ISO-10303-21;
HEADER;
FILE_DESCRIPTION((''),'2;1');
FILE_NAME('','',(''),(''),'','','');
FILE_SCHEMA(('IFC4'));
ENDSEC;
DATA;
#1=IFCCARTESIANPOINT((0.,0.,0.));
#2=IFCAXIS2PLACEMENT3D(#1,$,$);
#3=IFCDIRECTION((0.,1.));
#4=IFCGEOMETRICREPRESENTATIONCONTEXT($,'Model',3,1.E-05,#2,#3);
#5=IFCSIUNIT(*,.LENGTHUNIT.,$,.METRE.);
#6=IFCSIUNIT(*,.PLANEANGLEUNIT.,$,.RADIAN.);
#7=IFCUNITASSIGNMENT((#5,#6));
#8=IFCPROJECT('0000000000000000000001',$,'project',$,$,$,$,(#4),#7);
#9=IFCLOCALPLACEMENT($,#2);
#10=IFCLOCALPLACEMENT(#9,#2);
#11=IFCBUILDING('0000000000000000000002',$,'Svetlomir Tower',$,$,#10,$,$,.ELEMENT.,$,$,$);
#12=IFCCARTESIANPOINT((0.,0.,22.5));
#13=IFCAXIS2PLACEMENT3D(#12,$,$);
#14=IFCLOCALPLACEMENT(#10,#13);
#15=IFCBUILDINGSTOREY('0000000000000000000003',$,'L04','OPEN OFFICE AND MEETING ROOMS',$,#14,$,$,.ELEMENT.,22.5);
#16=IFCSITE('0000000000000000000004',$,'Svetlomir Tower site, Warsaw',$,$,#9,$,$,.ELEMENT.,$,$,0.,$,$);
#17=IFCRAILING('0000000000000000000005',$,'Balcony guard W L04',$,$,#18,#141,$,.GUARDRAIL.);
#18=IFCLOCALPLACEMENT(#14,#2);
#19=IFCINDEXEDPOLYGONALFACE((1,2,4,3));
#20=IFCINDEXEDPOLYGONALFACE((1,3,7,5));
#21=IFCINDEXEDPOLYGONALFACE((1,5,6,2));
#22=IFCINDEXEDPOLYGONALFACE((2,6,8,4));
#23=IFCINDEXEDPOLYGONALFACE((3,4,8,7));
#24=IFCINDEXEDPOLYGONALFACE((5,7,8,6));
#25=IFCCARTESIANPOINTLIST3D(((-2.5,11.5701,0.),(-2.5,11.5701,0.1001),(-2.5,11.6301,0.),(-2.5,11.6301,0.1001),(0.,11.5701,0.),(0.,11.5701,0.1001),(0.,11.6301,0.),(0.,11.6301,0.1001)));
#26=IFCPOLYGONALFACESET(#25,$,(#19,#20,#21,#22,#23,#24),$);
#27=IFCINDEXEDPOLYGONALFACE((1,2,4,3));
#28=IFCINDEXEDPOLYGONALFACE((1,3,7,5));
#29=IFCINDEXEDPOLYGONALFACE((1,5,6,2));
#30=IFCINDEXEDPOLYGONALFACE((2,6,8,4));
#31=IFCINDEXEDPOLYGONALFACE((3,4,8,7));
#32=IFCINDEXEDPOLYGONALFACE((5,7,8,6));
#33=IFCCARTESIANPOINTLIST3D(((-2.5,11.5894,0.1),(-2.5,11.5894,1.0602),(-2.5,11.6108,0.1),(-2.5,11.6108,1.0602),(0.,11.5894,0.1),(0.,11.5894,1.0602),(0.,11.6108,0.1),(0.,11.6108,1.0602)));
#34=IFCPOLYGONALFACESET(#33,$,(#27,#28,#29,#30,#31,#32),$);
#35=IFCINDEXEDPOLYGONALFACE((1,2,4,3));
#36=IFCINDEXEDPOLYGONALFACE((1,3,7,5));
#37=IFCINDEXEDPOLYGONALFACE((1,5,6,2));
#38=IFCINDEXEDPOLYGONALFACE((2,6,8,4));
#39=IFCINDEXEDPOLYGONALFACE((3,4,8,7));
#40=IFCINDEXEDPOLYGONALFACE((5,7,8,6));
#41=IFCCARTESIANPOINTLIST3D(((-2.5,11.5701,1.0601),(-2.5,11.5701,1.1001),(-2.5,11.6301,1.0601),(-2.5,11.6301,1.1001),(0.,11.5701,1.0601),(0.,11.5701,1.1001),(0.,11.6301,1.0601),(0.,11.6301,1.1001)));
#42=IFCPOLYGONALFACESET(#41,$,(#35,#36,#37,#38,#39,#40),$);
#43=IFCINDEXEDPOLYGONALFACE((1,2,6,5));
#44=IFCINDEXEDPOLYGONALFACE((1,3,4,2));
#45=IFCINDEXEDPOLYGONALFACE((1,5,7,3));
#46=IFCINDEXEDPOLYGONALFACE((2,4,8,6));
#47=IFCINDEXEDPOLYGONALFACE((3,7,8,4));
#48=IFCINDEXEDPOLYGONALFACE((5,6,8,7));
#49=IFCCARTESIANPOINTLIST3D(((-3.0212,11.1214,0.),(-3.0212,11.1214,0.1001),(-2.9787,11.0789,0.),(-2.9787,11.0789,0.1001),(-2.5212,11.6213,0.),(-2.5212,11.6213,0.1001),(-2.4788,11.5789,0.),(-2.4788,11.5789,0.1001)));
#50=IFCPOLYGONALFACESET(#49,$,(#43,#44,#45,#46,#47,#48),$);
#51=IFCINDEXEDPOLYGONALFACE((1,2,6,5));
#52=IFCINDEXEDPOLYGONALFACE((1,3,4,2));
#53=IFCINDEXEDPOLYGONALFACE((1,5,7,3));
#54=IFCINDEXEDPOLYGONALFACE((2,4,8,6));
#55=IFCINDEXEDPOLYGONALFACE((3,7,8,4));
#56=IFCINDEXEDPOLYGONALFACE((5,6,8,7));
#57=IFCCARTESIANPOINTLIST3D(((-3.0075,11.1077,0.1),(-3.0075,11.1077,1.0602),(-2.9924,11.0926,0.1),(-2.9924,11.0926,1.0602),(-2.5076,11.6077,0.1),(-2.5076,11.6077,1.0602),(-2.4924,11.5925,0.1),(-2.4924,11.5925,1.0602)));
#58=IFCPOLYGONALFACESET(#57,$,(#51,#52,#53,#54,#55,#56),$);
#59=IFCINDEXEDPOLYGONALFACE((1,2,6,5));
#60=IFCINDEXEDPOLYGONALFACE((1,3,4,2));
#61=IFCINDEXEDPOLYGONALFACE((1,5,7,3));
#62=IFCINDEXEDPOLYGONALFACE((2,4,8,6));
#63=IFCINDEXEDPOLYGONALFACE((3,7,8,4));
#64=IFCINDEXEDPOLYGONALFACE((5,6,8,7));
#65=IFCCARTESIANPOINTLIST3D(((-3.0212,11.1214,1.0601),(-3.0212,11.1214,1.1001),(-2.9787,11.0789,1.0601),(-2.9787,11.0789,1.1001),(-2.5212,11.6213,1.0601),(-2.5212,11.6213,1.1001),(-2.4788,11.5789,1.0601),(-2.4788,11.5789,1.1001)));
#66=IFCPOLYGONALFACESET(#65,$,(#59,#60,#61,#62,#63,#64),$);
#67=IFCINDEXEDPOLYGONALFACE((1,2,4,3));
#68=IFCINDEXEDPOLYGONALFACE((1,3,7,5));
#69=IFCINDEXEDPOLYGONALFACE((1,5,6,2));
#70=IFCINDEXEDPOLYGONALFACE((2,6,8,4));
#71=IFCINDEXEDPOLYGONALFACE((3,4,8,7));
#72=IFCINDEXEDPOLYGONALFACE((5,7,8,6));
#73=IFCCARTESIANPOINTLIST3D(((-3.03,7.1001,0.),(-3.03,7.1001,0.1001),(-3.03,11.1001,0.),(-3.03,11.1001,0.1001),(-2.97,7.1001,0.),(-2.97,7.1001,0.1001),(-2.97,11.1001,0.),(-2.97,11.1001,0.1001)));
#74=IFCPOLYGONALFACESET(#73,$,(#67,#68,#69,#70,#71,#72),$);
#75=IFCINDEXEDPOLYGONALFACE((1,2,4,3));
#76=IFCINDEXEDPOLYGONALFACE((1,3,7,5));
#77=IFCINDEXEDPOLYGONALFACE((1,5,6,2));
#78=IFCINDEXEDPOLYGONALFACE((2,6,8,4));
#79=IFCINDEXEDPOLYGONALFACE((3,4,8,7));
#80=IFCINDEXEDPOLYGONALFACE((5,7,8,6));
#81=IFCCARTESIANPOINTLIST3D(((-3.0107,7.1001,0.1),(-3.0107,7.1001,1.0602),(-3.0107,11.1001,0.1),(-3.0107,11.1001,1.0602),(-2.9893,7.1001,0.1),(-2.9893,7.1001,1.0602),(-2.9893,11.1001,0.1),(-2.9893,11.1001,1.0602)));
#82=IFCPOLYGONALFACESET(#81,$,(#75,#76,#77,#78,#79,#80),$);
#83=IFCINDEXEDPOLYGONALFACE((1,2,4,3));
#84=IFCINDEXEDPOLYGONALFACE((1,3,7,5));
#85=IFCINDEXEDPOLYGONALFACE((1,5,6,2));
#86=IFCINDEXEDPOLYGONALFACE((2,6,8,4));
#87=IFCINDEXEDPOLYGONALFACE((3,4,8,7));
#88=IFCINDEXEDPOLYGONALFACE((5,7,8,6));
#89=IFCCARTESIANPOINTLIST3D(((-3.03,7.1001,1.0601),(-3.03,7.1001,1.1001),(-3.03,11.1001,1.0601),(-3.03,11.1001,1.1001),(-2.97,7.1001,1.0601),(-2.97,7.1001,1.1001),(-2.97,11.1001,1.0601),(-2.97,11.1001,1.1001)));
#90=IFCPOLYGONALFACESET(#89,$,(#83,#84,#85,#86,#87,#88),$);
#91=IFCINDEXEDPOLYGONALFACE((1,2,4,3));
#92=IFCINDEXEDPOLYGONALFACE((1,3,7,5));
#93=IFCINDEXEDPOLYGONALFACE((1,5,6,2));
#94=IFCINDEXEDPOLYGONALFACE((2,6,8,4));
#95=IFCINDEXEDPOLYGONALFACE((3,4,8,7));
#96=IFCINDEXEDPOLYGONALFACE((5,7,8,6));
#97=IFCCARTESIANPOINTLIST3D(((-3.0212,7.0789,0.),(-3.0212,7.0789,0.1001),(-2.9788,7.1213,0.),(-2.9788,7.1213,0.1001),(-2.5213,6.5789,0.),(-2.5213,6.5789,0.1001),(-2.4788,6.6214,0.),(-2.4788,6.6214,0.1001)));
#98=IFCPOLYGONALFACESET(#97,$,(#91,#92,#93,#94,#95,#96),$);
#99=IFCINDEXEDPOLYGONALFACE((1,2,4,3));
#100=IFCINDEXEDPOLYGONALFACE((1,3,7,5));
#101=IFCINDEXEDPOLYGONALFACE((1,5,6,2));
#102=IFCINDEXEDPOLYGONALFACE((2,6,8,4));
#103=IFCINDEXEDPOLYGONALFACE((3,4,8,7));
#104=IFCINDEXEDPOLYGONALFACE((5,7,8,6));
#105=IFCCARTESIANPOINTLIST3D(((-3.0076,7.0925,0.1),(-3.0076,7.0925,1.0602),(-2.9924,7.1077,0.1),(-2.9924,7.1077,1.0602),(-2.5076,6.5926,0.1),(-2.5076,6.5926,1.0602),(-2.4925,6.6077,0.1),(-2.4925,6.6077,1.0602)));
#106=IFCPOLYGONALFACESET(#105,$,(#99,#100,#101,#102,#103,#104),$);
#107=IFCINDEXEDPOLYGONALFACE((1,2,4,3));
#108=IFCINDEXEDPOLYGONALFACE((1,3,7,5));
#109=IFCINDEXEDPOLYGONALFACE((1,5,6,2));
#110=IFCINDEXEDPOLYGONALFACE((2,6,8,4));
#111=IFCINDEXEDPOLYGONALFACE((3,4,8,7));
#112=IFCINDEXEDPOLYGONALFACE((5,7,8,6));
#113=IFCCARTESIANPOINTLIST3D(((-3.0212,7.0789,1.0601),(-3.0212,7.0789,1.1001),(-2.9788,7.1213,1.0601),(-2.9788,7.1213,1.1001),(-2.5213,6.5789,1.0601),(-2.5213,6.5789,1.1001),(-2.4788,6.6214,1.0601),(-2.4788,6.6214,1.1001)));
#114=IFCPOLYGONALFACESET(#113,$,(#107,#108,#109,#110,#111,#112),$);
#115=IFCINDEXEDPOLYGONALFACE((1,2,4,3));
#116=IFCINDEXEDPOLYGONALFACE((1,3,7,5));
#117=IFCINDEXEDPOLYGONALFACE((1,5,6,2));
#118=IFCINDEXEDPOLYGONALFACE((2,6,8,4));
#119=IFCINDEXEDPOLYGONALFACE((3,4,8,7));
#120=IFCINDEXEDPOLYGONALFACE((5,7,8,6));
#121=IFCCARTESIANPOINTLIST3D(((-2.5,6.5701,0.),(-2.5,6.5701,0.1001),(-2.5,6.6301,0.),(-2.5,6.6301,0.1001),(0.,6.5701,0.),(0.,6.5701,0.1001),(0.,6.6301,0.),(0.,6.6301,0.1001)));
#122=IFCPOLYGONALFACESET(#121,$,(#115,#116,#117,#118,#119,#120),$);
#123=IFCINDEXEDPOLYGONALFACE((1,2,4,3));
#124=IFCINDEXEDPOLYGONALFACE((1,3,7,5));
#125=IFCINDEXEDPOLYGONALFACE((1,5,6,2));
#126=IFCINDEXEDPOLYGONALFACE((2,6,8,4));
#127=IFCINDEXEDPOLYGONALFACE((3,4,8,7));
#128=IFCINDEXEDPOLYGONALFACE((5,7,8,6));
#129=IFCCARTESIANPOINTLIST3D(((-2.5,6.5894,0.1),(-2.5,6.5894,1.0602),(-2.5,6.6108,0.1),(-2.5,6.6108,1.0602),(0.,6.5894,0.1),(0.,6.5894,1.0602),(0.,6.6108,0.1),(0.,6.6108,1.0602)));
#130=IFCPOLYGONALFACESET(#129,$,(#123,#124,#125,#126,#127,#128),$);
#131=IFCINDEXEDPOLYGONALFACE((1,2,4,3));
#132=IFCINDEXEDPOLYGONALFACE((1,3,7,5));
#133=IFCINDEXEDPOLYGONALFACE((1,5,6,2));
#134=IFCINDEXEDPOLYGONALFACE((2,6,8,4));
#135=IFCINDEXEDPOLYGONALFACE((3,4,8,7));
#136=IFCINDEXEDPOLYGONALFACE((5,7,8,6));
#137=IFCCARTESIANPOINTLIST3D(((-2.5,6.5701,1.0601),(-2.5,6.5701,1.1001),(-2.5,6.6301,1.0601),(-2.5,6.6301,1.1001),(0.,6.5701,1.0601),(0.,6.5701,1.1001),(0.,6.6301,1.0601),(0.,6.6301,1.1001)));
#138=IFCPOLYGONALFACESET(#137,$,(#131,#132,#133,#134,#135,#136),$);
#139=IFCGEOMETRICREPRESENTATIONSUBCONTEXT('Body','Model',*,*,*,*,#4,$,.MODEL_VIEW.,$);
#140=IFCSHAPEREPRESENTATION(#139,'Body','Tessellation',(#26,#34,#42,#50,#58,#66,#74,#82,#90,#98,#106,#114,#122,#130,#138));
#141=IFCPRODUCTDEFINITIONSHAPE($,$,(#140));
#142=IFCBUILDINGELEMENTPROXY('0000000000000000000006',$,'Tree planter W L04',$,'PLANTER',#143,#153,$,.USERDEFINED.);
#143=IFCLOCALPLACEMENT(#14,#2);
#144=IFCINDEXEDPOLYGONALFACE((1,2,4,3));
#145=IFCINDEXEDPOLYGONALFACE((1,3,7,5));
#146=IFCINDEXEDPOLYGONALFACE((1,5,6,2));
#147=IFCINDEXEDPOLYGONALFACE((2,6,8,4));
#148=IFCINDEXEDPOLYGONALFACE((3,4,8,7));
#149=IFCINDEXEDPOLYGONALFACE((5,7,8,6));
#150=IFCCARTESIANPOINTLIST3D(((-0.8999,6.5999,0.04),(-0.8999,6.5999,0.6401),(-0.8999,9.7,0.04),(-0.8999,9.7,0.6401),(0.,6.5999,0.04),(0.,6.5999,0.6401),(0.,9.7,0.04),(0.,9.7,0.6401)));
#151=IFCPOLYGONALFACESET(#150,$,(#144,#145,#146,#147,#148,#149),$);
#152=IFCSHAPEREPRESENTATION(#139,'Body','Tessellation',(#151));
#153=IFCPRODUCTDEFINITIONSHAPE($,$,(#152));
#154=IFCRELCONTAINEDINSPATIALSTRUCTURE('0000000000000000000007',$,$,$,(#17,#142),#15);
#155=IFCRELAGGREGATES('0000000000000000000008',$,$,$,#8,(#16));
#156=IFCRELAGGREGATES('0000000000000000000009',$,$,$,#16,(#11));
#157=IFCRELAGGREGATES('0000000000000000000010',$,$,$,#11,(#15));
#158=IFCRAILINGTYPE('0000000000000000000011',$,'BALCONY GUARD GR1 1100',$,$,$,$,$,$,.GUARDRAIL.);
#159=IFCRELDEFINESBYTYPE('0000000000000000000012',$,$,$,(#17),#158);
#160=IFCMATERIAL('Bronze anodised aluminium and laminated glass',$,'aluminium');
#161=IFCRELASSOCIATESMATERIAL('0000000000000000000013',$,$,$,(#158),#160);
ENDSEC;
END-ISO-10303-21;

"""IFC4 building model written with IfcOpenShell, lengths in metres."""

from ifc_helpers import new_model, si_unit, direction, frame, origin, origin_2d, place, context, subcontext, project, spatial, rectangle, extrude, material, type_object, element, save


model = new_model("IFC4")

# Units and contexts
model_context = context("Model", 3, precision=1e-05, world=origin(), true_north=direction((0.0, 1.0)))
body_context = subcontext(model_context, "Body", "Model", "MODEL_VIEW")
ifc_project = project(units=[si_unit("LENGTHUNIT", "METRE"), si_unit("PLANEANGLEUNIT", "RADIAN")], contexts=[model_context])

# Site, building, storey
site_placement = place(None, origin())
site = spatial("IfcSite", under=ifc_project, at=site_placement, Name="Svetlomir Tower site, Warsaw", CompositionType="ELEMENT", RefElevation=0.0)
building_placement = place(site_placement, origin())
building = spatial("IfcBuilding", under=site, at=building_placement, Name="Svetlomir Tower", CompositionType="ELEMENT")
storey_placement = place(building_placement, frame((0.0, 0.0, 22.5)))
storey = spatial("IfcBuildingStorey", under=building, at=storey_placement, Name="L04", Description="OPEN OFFICE AND MEETING ROOMS", CompositionType="ELEMENT", Elevation=22.5)

# Railing
ifc_material_1 = material(Name="Bronze anodised aluminium and laminated glass", Category="aluminium")
railing_type = type_object("IfcRailingType", Name="BALCONY GUARD GR1 1100", PredefinedType="GUARDRAIL", material=ifc_material_1)
railing_placement = place(storey_placement, frame((0.0, 11.6001, 0.0)))
element("IfcRailing", 1, at=railing_placement, inside=storey, type_object=railing_type, Name="Balcony guard W L04", PredefinedType="GUARDRAIL", context=body_context, shape_type="SweptSolid", body=[
    extrude(rectangle(XDim=0.0601, YDim=0.1001, at=origin_2d()), frame((0.0, 0.0, 0.05), z_axis=(-1.0, 0.0, 0.0), x_axis=(0.0, -1.0, 0.0)), (0.0, 0.0, 1.0), 2.5),
    extrude(rectangle(XDim=0.0215, YDim=0.9602, at=origin_2d()), frame((0.0, 0.0, 0.5801), z_axis=(-1.0, 0.0, 0.0), x_axis=(0.0, -1.0, 0.0)), (0.0, 0.0, 1.0), 2.5),
    extrude(rectangle(XDim=0.0601, YDim=0.04, at=origin_2d()), frame((0.0, 0.0, 1.0801), z_axis=(-1.0, 0.0, 0.0), x_axis=(0.0, -1.0, 0.0)), (0.0, 0.0, 1.0), 2.5),
    extrude(rectangle(XDim=0.0601, YDim=0.1001, at=origin_2d()), frame((-2.5, 0.0, 0.05), z_axis=(-0.707107, -0.707107, 0.0), x_axis=(0.707107, -0.707107, 0.0)), (0.0, 0.0, 1.0), 0.707),
    extrude(rectangle(XDim=0.0215, YDim=0.9602, at=origin_2d()), frame((-2.5, 0.0, 0.5801), z_axis=(-0.707107, -0.707107, 0.0), x_axis=(0.707107, -0.707107, 0.0)), (0.0, 0.0, 1.0), 0.707),
    extrude(rectangle(XDim=0.0601, YDim=0.04, at=origin_2d()), frame((-2.5, 0.0, 1.0801), z_axis=(-0.707107, -0.707107, 0.0), x_axis=(0.707107, -0.707107, 0.0)), (0.0, 0.0, 1.0), 0.707),
    extrude(rectangle(XDim=0.0601, YDim=0.1001, at=origin_2d()), frame((-3.0, -0.5, 0.05), z_axis=(0.0, -1.0, 0.0), x_axis=(1.0, 0.0, 0.0)), (0.0, 0.0, 1.0), 4.0),
    extrude(rectangle(XDim=0.0215, YDim=0.9602, at=origin_2d()), frame((-3.0, -0.5, 0.5801), z_axis=(0.0, -1.0, 0.0), x_axis=(1.0, 0.0, 0.0)), (0.0, 0.0, 1.0), 4.0),
    extrude(rectangle(XDim=0.0601, YDim=0.04, at=origin_2d()), frame((-3.0, -0.5, 1.0801), z_axis=(0.0, -1.0, 0.0), x_axis=(1.0, 0.0, 0.0)), (0.0, 0.0, 1.0), 4.0),
    extrude(rectangle(XDim=0.0601, YDim=0.1001, at=origin_2d()), frame((-3.0, -4.5, 0.05), z_axis=(0.707107, -0.707107, 0.0), x_axis=(0.707107, 0.707107, 0.0)), (0.0, 0.0, 1.0), 0.707),
    extrude(rectangle(XDim=0.0215, YDim=0.9602, at=origin_2d()), frame((-3.0, -4.5, 0.5801), z_axis=(0.707107, -0.707107, 0.0), x_axis=(0.707107, 0.707107, 0.0)), (0.0, 0.0, 1.0), 0.707),
    extrude(rectangle(XDim=0.0601, YDim=0.04, at=origin_2d()), frame((-3.0, -4.5, 1.0801), z_axis=(0.707107, -0.707107, 0.0), x_axis=(0.707107, 0.707107, 0.0)), (0.0, 0.0, 1.0), 0.707),
    extrude(rectangle(XDim=0.0601, YDim=0.1001, at=origin_2d()), frame((-2.5, -5.0, 0.05), z_axis=(1.0, 0.0, 0.0), x_axis=(0.0, 1.0, 0.0)), (0.0, 0.0, 1.0), 2.5),
    extrude(rectangle(XDim=0.0215, YDim=0.9602, at=origin_2d()), frame((-2.5, -5.0, 0.5801), z_axis=(1.0, 0.0, 0.0), x_axis=(0.0, 1.0, 0.0)), (0.0, 0.0, 1.0), 2.5),
    extrude(rectangle(XDim=0.0601, YDim=0.04, at=origin_2d()), frame((-2.5, -5.0, 1.0801), z_axis=(1.0, 0.0, 0.0), x_axis=(0.0, 1.0, 0.0)), (0.0, 0.0, 1.0), 2.5),
])

# Building element proxy
proxy_placement = place(storey_placement, frame((-0.45, 8.1499, 0.04), z_axis=(0.0, 0.0, 1.0), x_axis=(1.0, 0.0, 0.0)))
element("IfcBuildingElementProxy", 2, at=proxy_placement, inside=storey, Name="Tree planter W L04", ObjectType="PLANTER", PredefinedType="USERDEFINED", context=body_context, shape_type="SweptSolid", body=[
    extrude(rectangle(XDim=0.8999, YDim=3.1001, at=origin_2d()), origin(), (0.0, 0.0, 1.0), 0.6001),
])

save(model, "model.ifc")
